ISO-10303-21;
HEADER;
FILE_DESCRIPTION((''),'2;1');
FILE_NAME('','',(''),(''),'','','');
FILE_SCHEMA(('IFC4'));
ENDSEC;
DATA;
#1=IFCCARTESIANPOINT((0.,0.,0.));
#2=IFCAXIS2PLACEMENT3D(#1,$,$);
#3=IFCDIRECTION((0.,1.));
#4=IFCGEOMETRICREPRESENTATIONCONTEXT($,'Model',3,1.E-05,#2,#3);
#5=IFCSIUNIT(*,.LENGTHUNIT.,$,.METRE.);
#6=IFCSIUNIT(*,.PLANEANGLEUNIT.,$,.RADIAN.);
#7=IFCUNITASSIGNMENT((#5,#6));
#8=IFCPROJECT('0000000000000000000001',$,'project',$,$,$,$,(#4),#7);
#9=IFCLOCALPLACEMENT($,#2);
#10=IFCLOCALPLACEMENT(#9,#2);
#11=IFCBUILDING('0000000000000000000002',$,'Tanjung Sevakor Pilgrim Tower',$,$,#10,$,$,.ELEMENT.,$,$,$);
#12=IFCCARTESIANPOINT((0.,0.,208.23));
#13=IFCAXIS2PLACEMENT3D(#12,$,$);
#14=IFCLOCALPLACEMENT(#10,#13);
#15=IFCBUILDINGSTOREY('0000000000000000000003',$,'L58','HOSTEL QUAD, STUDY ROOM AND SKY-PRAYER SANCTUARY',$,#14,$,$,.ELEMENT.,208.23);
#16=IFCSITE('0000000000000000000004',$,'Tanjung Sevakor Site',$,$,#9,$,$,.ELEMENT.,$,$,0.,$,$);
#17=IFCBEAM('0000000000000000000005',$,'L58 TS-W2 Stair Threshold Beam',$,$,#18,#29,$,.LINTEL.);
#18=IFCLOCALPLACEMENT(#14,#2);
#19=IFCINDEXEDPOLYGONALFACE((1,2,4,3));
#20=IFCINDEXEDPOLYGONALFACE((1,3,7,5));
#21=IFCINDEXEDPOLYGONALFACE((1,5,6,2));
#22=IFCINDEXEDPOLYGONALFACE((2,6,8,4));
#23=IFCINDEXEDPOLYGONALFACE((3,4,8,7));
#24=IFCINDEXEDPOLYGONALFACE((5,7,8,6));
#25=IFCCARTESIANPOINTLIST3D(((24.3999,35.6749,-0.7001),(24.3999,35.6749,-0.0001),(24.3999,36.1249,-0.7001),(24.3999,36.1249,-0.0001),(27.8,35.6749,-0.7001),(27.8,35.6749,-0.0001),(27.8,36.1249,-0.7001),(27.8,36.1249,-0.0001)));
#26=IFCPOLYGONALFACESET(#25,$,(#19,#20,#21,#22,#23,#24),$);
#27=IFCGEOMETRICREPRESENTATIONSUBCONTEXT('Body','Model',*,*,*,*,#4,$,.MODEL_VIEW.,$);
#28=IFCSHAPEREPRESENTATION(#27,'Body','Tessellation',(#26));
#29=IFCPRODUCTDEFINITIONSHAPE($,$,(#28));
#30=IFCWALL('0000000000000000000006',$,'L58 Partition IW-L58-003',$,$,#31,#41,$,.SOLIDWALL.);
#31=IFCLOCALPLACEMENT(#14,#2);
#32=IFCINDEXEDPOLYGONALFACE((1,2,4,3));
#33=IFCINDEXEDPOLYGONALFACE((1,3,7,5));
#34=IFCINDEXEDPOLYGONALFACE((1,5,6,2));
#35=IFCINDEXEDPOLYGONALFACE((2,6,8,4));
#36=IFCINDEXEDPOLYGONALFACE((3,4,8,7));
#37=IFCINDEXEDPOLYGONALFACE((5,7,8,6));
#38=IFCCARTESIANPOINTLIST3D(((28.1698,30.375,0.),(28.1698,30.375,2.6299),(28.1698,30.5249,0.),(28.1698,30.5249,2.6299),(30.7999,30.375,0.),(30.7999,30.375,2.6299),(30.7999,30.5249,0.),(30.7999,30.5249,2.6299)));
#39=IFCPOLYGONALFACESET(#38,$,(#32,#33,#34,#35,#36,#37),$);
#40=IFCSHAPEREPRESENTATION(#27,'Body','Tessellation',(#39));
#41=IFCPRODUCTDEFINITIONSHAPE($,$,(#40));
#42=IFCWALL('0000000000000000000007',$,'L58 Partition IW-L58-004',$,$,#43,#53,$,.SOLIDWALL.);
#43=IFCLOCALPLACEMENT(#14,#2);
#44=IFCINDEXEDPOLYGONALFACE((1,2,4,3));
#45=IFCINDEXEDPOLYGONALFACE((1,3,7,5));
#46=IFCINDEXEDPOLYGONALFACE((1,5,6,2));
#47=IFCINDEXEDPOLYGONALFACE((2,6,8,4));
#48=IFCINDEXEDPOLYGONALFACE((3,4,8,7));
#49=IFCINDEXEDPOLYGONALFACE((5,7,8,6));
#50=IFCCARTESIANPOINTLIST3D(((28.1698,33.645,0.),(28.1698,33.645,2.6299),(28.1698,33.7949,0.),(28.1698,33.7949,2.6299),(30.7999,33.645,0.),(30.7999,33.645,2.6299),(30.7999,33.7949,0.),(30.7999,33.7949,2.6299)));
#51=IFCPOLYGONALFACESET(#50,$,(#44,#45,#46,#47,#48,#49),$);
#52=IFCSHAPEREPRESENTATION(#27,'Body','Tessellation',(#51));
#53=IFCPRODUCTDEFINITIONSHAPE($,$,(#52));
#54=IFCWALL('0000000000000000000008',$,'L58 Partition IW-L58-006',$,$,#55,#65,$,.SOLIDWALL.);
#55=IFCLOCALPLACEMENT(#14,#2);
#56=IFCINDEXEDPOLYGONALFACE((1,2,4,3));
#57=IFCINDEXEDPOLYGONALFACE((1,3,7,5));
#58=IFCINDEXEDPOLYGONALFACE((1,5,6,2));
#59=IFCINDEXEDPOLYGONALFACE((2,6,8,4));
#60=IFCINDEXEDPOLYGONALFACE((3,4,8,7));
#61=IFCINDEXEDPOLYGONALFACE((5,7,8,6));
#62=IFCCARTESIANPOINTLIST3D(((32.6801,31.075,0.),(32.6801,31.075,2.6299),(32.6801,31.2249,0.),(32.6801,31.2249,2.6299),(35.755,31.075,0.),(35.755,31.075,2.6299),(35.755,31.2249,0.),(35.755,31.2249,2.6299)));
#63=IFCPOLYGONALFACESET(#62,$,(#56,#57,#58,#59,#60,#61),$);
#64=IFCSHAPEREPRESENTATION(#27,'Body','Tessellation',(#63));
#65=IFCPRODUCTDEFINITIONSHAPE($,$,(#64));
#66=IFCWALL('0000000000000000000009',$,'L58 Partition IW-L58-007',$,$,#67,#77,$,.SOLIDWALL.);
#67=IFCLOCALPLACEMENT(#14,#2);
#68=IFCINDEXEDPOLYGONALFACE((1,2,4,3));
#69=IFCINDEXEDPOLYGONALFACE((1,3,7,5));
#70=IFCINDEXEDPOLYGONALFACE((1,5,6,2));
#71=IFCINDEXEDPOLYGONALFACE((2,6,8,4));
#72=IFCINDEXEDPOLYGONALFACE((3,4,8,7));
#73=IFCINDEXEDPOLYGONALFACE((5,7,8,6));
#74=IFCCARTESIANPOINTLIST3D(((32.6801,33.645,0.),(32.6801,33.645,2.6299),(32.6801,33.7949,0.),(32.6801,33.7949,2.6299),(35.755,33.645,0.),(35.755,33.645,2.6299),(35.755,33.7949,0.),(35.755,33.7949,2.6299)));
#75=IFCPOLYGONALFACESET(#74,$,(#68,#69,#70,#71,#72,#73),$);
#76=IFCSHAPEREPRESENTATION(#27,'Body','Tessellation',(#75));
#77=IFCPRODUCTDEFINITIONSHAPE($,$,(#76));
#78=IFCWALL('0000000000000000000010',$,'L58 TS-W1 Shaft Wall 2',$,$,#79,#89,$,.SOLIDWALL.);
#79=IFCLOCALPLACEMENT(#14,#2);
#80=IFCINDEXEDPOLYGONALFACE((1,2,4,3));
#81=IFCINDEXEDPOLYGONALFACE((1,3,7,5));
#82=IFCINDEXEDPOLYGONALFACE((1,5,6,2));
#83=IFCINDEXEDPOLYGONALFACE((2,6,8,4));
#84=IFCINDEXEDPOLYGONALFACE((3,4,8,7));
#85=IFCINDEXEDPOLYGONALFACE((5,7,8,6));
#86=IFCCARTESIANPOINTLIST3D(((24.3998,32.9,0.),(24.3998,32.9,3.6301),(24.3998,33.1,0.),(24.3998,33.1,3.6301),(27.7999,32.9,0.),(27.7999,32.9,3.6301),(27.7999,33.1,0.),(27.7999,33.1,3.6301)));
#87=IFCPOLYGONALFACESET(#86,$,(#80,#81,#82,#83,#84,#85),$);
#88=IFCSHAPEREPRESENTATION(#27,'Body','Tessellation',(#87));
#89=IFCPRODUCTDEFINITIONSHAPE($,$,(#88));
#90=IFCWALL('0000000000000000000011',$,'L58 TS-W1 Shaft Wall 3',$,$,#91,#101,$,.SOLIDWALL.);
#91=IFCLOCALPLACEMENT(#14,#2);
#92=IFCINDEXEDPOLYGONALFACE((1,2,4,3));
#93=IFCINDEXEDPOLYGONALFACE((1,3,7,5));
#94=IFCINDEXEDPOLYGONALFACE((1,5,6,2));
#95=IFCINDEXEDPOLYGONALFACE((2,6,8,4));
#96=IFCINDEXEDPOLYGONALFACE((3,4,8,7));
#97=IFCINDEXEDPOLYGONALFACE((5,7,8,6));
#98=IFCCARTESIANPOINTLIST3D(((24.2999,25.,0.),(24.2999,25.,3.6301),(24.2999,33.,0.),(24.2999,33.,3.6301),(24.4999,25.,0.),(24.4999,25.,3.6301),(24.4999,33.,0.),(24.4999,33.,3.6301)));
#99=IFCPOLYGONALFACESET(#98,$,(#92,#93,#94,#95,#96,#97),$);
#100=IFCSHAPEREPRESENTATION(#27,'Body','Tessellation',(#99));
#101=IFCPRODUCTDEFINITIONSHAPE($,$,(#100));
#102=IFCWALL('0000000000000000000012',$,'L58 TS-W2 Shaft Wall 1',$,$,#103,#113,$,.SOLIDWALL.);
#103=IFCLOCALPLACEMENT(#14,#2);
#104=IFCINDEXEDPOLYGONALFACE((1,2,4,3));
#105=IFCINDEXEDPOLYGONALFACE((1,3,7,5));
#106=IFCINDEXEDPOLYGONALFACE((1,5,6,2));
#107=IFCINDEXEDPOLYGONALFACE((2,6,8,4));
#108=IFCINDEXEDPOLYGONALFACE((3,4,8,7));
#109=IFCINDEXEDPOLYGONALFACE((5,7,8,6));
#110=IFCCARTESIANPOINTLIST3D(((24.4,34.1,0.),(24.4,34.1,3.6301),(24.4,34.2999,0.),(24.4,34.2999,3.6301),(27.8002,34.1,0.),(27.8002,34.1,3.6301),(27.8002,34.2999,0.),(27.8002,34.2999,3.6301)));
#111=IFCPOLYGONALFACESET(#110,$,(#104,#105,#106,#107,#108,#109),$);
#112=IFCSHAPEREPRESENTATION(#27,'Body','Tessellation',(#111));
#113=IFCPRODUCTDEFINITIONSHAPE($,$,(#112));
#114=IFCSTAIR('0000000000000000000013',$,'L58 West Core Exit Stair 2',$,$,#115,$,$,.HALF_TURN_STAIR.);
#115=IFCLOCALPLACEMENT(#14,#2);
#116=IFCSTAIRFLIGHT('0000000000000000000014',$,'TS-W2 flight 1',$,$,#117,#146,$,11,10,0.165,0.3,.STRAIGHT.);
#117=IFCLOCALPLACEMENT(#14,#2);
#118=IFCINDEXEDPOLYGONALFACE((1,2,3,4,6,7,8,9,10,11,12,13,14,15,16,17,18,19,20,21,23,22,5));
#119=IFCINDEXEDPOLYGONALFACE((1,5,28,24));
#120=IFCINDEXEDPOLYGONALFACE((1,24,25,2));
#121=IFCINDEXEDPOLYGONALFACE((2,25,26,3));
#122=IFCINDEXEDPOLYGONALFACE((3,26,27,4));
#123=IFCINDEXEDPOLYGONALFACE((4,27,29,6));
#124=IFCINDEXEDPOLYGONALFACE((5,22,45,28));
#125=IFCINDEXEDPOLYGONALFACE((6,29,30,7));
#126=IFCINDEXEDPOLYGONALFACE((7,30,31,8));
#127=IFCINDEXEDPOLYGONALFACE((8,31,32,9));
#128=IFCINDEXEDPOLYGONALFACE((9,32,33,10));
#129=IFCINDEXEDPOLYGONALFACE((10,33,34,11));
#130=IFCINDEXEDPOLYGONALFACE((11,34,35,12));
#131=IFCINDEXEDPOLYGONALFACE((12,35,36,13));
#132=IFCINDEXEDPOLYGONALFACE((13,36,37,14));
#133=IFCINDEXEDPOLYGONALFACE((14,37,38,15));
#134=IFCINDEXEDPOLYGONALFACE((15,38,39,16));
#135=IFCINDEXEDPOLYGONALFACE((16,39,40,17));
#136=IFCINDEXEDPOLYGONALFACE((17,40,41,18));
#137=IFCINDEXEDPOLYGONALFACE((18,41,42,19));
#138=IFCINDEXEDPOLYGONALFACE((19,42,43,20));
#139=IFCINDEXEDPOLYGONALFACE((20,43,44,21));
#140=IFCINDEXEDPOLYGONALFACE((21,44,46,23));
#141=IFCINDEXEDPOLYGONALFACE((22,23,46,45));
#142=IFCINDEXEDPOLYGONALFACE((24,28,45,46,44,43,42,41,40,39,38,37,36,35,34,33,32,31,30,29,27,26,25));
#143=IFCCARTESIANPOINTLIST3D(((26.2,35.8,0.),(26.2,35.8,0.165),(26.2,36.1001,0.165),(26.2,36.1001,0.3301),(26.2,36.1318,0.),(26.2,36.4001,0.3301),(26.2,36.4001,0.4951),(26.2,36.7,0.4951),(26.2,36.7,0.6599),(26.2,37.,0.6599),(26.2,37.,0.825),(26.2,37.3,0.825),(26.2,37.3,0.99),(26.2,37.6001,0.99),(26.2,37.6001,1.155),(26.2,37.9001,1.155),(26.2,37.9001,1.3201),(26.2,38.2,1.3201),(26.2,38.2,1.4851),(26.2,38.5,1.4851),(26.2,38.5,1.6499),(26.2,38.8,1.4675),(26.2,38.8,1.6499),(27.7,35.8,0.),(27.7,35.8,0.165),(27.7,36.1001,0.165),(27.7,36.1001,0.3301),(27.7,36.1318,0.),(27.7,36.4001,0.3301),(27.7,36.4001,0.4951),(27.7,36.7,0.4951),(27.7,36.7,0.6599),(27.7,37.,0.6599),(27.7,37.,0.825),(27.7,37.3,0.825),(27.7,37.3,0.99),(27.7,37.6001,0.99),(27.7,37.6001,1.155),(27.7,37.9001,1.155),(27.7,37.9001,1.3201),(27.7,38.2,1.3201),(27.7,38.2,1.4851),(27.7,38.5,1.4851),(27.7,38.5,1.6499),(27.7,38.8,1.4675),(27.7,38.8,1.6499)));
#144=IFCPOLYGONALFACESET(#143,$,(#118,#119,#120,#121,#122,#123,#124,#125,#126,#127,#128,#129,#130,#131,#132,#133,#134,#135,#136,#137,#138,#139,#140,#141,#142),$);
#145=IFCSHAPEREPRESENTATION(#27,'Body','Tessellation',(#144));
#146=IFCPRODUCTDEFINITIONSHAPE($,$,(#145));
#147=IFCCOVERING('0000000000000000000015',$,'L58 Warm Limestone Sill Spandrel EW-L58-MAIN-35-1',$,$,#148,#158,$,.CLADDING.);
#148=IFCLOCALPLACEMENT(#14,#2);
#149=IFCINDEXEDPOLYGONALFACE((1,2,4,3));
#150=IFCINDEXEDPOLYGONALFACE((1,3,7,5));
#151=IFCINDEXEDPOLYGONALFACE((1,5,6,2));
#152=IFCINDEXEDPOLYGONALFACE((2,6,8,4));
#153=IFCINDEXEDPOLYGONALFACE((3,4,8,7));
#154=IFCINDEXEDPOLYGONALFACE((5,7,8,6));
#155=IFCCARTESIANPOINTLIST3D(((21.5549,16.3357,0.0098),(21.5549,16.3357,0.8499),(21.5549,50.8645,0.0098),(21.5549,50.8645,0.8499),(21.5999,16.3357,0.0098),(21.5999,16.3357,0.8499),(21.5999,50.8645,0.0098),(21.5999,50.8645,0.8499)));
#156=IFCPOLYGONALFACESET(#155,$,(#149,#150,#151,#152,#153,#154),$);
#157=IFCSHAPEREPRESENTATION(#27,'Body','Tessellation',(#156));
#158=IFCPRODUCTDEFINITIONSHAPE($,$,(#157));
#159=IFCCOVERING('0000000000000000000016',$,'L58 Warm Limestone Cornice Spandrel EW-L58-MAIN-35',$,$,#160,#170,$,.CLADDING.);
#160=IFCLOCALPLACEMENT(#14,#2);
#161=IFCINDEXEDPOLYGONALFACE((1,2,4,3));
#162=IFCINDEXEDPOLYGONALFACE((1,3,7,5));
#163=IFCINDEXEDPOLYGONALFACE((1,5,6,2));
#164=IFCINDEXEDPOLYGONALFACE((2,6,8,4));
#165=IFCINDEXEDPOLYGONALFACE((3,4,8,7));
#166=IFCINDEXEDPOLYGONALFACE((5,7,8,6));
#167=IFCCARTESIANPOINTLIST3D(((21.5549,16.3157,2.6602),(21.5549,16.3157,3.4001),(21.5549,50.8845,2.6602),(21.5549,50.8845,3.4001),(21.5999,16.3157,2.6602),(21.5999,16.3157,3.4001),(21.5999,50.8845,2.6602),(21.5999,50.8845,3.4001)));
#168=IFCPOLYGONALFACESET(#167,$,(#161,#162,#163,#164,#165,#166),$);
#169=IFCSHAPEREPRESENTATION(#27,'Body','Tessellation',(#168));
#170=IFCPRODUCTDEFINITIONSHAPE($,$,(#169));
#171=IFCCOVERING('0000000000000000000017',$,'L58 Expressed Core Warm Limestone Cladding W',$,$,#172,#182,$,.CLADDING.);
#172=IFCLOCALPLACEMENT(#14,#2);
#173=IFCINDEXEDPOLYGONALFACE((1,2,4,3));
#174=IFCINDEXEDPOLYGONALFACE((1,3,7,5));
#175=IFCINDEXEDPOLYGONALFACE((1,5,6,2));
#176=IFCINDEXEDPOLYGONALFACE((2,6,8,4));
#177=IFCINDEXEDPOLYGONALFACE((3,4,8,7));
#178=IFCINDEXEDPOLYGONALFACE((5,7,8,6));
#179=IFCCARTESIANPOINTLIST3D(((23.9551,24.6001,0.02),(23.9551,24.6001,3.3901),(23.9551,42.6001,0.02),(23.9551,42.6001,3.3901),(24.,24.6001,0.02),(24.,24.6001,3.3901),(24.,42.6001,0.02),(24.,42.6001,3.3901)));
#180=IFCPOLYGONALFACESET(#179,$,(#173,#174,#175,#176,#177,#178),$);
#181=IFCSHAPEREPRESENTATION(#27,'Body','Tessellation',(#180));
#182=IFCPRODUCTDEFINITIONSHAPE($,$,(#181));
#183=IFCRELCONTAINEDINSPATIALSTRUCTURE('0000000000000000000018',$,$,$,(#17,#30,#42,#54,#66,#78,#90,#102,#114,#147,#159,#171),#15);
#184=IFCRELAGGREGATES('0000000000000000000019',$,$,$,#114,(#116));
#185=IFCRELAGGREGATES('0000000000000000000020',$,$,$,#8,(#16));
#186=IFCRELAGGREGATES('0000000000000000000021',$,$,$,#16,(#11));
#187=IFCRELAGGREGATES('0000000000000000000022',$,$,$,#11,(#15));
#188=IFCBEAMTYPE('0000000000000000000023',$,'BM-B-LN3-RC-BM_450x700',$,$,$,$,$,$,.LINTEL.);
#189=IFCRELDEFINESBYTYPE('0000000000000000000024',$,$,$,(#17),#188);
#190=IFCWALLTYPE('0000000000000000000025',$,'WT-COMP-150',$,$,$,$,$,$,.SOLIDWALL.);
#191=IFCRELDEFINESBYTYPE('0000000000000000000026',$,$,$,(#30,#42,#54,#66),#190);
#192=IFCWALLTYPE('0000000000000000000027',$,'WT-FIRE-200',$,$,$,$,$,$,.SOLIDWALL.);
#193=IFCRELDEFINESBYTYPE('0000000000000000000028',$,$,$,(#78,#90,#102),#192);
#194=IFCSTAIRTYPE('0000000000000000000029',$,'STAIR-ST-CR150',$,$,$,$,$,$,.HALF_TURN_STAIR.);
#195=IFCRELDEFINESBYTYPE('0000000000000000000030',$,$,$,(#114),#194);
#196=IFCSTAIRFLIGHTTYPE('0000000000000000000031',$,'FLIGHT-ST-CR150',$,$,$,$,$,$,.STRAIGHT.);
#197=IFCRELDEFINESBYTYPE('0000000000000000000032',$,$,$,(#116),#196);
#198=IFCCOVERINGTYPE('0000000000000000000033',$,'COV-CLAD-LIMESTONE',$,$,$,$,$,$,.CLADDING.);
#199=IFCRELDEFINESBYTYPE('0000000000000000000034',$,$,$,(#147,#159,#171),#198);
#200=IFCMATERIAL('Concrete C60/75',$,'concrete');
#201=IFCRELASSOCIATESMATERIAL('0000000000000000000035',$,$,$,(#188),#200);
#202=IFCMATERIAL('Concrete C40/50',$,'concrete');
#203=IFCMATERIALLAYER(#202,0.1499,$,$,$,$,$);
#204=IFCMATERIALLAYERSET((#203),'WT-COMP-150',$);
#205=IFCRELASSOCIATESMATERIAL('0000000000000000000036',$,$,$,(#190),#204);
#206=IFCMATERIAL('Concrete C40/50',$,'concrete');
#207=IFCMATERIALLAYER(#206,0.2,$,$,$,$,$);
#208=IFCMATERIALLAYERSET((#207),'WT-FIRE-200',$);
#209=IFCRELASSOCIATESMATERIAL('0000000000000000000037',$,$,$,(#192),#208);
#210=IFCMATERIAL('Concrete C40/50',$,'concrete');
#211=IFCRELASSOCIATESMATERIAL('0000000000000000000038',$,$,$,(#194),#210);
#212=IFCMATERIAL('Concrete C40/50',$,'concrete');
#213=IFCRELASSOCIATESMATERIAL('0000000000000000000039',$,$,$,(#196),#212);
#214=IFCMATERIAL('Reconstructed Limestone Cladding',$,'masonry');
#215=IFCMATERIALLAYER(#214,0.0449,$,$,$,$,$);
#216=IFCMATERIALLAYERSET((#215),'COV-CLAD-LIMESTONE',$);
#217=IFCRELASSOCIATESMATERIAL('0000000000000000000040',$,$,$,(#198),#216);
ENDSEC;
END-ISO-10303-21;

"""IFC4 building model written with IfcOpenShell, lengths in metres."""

from ifc_helpers import new_model, si_unit, direction, frame, frame_2d, origin, origin_2d, place, context, subcontext, project, spatial, polyline, rectangle, outline, extrude, material, layer, layer_set, material_profile, profile_set, type_object, element, aggregate, save


model = new_model("IFC4")

# Units and contexts
model_context = context("Model", 3, precision=1e-05, world=origin(), true_north=direction((0.0, 1.0)))
body_context = subcontext(model_context, "Body", "Model", "MODEL_VIEW")
ifc_project = project(units=[si_unit("LENGTHUNIT", "METRE"), si_unit("PLANEANGLEUNIT", "RADIAN")], contexts=[model_context])

# Site, building, storey
site_placement = place(None, origin())
site = spatial("IfcSite", under=ifc_project, at=site_placement, Name="Tanjung Sevakor Site", CompositionType="ELEMENT", RefElevation=0.0)
building_placement = place(site_placement, origin())
building = spatial("IfcBuilding", under=site, at=building_placement, Name="Tanjung Sevakor Pilgrim Tower", CompositionType="ELEMENT")
storey_placement = place(building_placement, frame((0.0, 0.0, 208.23)))
storey = spatial("IfcBuildingStorey", under=building, at=storey_placement, Name="L58", Description="HOSTEL QUAD, STUDY ROOM AND SKY-PRAYER SANCTUARY", CompositionType="ELEMENT", Elevation=208.23)

# Beam
ifc_material_1 = material(Name="Concrete C60/75", Category="concrete")
ifc_material_profile = material_profile(ifc_material_1, rectangle(XDim=0.45, YDim=0.7, at=origin_2d()))
ifc_profile_set = profile_set([ifc_material_profile], Name="Concrete C60/75")
beam_type = type_object("IfcBeamType", Name="BM-B-LN3-RC-BM_450x700", PredefinedType="LINTEL", material=ifc_profile_set)
beam_placement = place(storey_placement, frame((24.3999, 35.8999, -0.3501), z_axis=(1.0, 0.0, 0.0), x_axis=(0.0, 1.0, 0.0)))
element("IfcBeam", 1, at=beam_placement, inside=storey, type_object=beam_type, Name="L58 TS-W2 Stair Threshold Beam", PredefinedType="LINTEL", context=body_context, shape_type="SweptSolid", body=[
    extrude(rectangle(XDim=0.45, YDim=0.7, at=origin_2d()), origin(), (0.0, 0.0, 1.0), 3.4001),
])

# Walls
ifc_material_2 = material(Name="Concrete C40/50", Category="concrete")
ifc_layer_1 = layer(ifc_material_2, 0.1499)
ifc_layer_set_1 = layer_set([ifc_layer_1], Name="WT-COMP-150")
wall_type_1 = type_object("IfcWallType", Name="WT-COMP-150", PredefinedType="SOLIDWALL", material=ifc_layer_set_1)
for number, where, z_axis, x_axis, name in (
    (2, (28.1699, 30.45, 0.0), (0.0, 0.0, 1.0), (1.0, 0.0, 0.0), "L58 Partition IW-L58-003"),
    (3, (28.1699, 33.72, 0.0), (0.0, 0.0, 1.0), (1.0, 0.0, 0.0), "L58 Partition IW-L58-004"),
):
    element("IfcWall", number, at=place(storey_placement, frame(where, z_axis=z_axis, x_axis=x_axis)), inside=storey, type_object=wall_type_1, Name=name, PredefinedType="SOLIDWALL", context=body_context, shape_type="SweptSolid", body=[
        extrude(rectangle(XDim=2.6301, YDim=0.1499, at=frame_2d((1.3149, 0.0))), origin(), (0.0, 0.0, 1.0), 2.6299),
    ])
for number, where, z_axis, x_axis, name in (
    (4, (32.6799, 31.1499, 0.0), (0.0, 0.0, 1.0), (1.0, 0.0, 0.0), "L58 Partition IW-L58-006"),
    (5, (32.6799, 33.72, 0.0), (0.0, 0.0, 1.0), (1.0, 0.0, 0.0), "L58 Partition IW-L58-007"),
):
    element("IfcWall", number, at=place(storey_placement, frame(where, z_axis=z_axis, x_axis=x_axis)), inside=storey, type_object=wall_type_1, Name=name, PredefinedType="SOLIDWALL", context=body_context, shape_type="SweptSolid", body=[
        extrude(rectangle(XDim=3.075, YDim=0.1499, at=frame_2d((1.5376, 0.0))), origin(), (0.0, 0.0, 1.0), 2.6299),
    ])
ifc_material_3 = material(Name="Concrete C40/50", Category="concrete")
ifc_layer_2 = layer(ifc_material_3, 0.2)
ifc_layer_set_2 = layer_set([ifc_layer_2], Name="WT-FIRE-200")
wall_type_2 = type_object("IfcWallType", Name="WT-FIRE-200", PredefinedType="SOLIDWALL", material=ifc_layer_set_2)
wall_1_placement = place(storey_placement, frame((27.8, 33.0, 0.0), z_axis=(0.0, 0.0, 1.0), x_axis=(-1.0, 0.0, 0.0)))
element("IfcWall", 6, at=wall_1_placement, inside=storey, type_object=wall_type_2, Name="L58 TS-W1 Shaft Wall 2", PredefinedType="SOLIDWALL", context=body_context, shape_type="SweptSolid", body=[
    extrude(rectangle(XDim=3.4001, YDim=0.2, at=frame_2d((1.7002, 0.0))), origin(), (0.0, 0.0, 1.0), 3.6301),
])
wall_2_placement = place(storey_placement, frame((24.3999, 33.0, 0.0), z_axis=(0.0, 0.0, 1.0), x_axis=(0.0, -1.0, 0.0)))
element("IfcWall", 7, at=wall_2_placement, inside=storey, type_object=wall_type_2, Name="L58 TS-W1 Shaft Wall 3", PredefinedType="SOLIDWALL", context=body_context, shape_type="SweptSolid", body=[
    extrude(rectangle(XDim=8.0, YDim=0.2, at=frame_2d((4.0, 0.0))), origin(), (0.0, 0.0, 1.0), 3.6301),
])
wall_3_placement = place(storey_placement, frame((24.3999, 34.2, 0.0), z_axis=(0.0, 0.0, 1.0), x_axis=(1.0, 0.0, 0.0)))
element("IfcWall", 8, at=wall_3_placement, inside=storey, type_object=wall_type_2, Name="L58 TS-W2 Shaft Wall 1", PredefinedType="SOLIDWALL", context=body_context, shape_type="SweptSolid", body=[
    extrude(rectangle(XDim=3.4001, YDim=0.2, at=frame_2d((1.7002, 0.0))), origin(), (0.0, 0.0, 1.0), 3.6301),
])

# Stair, stair flight
ifc_material_4 = material(Name="Concrete C40/50", Category="concrete")
stair_type = type_object("IfcStairType", Name="STAIR-ST-CR150", PredefinedType="HALF_TURN_STAIR", material=ifc_material_4)
stair_placement = place(storey_placement, origin())
stair = element("IfcStair", 9, at=stair_placement, inside=storey, type_object=stair_type, Name="L58 West Core Exit Stair 2", PredefinedType="HALF_TURN_STAIR")
ifc_material_5 = material(Name="Concrete C40/50", Category="concrete")
stair_flight_type = type_object("IfcStairFlightType", Name="FLIGHT-ST-CR150", PredefinedType="STRAIGHT", material=ifc_material_5)
stair_flight_placement = place(storey_placement, frame((26.95, 35.8, 0.0), z_axis=(0.0, 0.0, 1.0), x_axis=(0.0, 1.0, 0.0)))
stair_flight = element("IfcStairFlight", 10, at=stair_flight_placement, type_object=stair_flight_type, Name="TS-W2 flight 1", NumberOfRisers=11, NumberOfTreads=10, PredefinedType="STRAIGHT", RiserHeight=0.165, TreadLength=0.3, context=body_context, shape_type="SweptSolid", body=[
    extrude(outline(polyline([(0.0, 0.0), (0.0, 0.165), (0.3, 0.165), (0.3, 0.3301), (0.6001, 0.3301), (0.6001, 0.4951), (0.8999, 0.4951), (0.8999, 0.6599), (1.2, 0.6599), (1.2, 0.825), (1.5, 0.825), (1.5, 0.99), (1.8, 0.99), (1.8, 1.155), (2.1001, 1.155), (2.1001, 1.3201), (2.3999, 1.3201), (2.3999, 1.4851), (2.7, 1.4851), (2.7, 1.6499), (3.0, 1.6499), (3.0, 1.8149), (3.0, 1.4675), (0.3318, 0.0), (0.0, 0.0)])), frame((0.0, 0.75, 0.0), z_axis=(0.0, -1.0, 0.0), x_axis=(1.0, 0.0, 0.0)), (0.0, 0.0, 1.0), 1.5),
])
aggregate(stair, [stair_flight])

# Coverings
ifc_material_6 = material(Name="Reconstructed Limestone Cladding", Category="masonry")
ifc_layer_3 = layer(ifc_material_6, 0.0449)
ifc_layer_set_3 = layer_set([ifc_layer_3], Name="COV-CLAD-LIMESTONE")
covering_type = type_object("IfcCoveringType", Name="COV-CLAD-LIMESTONE", PredefinedType="CLADDING", material=ifc_layer_set_3)
covering_1_placement = place(storey_placement, frame((21.5774, 33.6001, 0.0098), z_axis=(0.0, 0.0, 1.0), x_axis=(0.0, -1.0, 0.0)))
element("IfcCovering", 11, at=covering_1_placement, inside=storey, type_object=covering_type, Name="L58 Warm Limestone Sill Spandrel EW-L58-MAIN-35-1", PredefinedType="CLADDING", context=body_context, shape_type="SweptSolid", body=[
    extrude(rectangle(XDim=34.5288, YDim=0.0449, at=origin_2d()), origin(), (0.0, 0.0, 1.0), 0.8401),
])
covering_2_placement = place(storey_placement, frame((21.5774, 33.6001, 2.6602), z_axis=(0.0, 0.0, 1.0), x_axis=(0.0, -1.0, 0.0)))
element("IfcCovering", 12, at=covering_2_placement, inside=storey, type_object=covering_type, Name="L58 Warm Limestone Cornice Spandrel EW-L58-MAIN-35", PredefinedType="CLADDING", context=body_context, shape_type="SweptSolid", body=[
    extrude(rectangle(XDim=34.5688, YDim=0.0449, at=origin_2d()), origin(), (0.0, 0.0, 1.0), 0.74),
])
covering_3_placement = place(storey_placement, frame((23.9775, 33.6001, 0.02), z_axis=(0.0, 0.0, 1.0), x_axis=(1.0, 0.0, 0.0)))
element("IfcCovering", 13, at=covering_3_placement, inside=storey, type_object=covering_type, Name="L58 Expressed Core Warm Limestone Cladding W", PredefinedType="CLADDING", context=body_context, shape_type="SweptSolid", body=[
    extrude(rectangle(XDim=0.0449, YDim=18.0, at=origin_2d()), origin(), (0.0, 0.0, 1.0), 3.3701),
])

save(model, "model.ifc")
